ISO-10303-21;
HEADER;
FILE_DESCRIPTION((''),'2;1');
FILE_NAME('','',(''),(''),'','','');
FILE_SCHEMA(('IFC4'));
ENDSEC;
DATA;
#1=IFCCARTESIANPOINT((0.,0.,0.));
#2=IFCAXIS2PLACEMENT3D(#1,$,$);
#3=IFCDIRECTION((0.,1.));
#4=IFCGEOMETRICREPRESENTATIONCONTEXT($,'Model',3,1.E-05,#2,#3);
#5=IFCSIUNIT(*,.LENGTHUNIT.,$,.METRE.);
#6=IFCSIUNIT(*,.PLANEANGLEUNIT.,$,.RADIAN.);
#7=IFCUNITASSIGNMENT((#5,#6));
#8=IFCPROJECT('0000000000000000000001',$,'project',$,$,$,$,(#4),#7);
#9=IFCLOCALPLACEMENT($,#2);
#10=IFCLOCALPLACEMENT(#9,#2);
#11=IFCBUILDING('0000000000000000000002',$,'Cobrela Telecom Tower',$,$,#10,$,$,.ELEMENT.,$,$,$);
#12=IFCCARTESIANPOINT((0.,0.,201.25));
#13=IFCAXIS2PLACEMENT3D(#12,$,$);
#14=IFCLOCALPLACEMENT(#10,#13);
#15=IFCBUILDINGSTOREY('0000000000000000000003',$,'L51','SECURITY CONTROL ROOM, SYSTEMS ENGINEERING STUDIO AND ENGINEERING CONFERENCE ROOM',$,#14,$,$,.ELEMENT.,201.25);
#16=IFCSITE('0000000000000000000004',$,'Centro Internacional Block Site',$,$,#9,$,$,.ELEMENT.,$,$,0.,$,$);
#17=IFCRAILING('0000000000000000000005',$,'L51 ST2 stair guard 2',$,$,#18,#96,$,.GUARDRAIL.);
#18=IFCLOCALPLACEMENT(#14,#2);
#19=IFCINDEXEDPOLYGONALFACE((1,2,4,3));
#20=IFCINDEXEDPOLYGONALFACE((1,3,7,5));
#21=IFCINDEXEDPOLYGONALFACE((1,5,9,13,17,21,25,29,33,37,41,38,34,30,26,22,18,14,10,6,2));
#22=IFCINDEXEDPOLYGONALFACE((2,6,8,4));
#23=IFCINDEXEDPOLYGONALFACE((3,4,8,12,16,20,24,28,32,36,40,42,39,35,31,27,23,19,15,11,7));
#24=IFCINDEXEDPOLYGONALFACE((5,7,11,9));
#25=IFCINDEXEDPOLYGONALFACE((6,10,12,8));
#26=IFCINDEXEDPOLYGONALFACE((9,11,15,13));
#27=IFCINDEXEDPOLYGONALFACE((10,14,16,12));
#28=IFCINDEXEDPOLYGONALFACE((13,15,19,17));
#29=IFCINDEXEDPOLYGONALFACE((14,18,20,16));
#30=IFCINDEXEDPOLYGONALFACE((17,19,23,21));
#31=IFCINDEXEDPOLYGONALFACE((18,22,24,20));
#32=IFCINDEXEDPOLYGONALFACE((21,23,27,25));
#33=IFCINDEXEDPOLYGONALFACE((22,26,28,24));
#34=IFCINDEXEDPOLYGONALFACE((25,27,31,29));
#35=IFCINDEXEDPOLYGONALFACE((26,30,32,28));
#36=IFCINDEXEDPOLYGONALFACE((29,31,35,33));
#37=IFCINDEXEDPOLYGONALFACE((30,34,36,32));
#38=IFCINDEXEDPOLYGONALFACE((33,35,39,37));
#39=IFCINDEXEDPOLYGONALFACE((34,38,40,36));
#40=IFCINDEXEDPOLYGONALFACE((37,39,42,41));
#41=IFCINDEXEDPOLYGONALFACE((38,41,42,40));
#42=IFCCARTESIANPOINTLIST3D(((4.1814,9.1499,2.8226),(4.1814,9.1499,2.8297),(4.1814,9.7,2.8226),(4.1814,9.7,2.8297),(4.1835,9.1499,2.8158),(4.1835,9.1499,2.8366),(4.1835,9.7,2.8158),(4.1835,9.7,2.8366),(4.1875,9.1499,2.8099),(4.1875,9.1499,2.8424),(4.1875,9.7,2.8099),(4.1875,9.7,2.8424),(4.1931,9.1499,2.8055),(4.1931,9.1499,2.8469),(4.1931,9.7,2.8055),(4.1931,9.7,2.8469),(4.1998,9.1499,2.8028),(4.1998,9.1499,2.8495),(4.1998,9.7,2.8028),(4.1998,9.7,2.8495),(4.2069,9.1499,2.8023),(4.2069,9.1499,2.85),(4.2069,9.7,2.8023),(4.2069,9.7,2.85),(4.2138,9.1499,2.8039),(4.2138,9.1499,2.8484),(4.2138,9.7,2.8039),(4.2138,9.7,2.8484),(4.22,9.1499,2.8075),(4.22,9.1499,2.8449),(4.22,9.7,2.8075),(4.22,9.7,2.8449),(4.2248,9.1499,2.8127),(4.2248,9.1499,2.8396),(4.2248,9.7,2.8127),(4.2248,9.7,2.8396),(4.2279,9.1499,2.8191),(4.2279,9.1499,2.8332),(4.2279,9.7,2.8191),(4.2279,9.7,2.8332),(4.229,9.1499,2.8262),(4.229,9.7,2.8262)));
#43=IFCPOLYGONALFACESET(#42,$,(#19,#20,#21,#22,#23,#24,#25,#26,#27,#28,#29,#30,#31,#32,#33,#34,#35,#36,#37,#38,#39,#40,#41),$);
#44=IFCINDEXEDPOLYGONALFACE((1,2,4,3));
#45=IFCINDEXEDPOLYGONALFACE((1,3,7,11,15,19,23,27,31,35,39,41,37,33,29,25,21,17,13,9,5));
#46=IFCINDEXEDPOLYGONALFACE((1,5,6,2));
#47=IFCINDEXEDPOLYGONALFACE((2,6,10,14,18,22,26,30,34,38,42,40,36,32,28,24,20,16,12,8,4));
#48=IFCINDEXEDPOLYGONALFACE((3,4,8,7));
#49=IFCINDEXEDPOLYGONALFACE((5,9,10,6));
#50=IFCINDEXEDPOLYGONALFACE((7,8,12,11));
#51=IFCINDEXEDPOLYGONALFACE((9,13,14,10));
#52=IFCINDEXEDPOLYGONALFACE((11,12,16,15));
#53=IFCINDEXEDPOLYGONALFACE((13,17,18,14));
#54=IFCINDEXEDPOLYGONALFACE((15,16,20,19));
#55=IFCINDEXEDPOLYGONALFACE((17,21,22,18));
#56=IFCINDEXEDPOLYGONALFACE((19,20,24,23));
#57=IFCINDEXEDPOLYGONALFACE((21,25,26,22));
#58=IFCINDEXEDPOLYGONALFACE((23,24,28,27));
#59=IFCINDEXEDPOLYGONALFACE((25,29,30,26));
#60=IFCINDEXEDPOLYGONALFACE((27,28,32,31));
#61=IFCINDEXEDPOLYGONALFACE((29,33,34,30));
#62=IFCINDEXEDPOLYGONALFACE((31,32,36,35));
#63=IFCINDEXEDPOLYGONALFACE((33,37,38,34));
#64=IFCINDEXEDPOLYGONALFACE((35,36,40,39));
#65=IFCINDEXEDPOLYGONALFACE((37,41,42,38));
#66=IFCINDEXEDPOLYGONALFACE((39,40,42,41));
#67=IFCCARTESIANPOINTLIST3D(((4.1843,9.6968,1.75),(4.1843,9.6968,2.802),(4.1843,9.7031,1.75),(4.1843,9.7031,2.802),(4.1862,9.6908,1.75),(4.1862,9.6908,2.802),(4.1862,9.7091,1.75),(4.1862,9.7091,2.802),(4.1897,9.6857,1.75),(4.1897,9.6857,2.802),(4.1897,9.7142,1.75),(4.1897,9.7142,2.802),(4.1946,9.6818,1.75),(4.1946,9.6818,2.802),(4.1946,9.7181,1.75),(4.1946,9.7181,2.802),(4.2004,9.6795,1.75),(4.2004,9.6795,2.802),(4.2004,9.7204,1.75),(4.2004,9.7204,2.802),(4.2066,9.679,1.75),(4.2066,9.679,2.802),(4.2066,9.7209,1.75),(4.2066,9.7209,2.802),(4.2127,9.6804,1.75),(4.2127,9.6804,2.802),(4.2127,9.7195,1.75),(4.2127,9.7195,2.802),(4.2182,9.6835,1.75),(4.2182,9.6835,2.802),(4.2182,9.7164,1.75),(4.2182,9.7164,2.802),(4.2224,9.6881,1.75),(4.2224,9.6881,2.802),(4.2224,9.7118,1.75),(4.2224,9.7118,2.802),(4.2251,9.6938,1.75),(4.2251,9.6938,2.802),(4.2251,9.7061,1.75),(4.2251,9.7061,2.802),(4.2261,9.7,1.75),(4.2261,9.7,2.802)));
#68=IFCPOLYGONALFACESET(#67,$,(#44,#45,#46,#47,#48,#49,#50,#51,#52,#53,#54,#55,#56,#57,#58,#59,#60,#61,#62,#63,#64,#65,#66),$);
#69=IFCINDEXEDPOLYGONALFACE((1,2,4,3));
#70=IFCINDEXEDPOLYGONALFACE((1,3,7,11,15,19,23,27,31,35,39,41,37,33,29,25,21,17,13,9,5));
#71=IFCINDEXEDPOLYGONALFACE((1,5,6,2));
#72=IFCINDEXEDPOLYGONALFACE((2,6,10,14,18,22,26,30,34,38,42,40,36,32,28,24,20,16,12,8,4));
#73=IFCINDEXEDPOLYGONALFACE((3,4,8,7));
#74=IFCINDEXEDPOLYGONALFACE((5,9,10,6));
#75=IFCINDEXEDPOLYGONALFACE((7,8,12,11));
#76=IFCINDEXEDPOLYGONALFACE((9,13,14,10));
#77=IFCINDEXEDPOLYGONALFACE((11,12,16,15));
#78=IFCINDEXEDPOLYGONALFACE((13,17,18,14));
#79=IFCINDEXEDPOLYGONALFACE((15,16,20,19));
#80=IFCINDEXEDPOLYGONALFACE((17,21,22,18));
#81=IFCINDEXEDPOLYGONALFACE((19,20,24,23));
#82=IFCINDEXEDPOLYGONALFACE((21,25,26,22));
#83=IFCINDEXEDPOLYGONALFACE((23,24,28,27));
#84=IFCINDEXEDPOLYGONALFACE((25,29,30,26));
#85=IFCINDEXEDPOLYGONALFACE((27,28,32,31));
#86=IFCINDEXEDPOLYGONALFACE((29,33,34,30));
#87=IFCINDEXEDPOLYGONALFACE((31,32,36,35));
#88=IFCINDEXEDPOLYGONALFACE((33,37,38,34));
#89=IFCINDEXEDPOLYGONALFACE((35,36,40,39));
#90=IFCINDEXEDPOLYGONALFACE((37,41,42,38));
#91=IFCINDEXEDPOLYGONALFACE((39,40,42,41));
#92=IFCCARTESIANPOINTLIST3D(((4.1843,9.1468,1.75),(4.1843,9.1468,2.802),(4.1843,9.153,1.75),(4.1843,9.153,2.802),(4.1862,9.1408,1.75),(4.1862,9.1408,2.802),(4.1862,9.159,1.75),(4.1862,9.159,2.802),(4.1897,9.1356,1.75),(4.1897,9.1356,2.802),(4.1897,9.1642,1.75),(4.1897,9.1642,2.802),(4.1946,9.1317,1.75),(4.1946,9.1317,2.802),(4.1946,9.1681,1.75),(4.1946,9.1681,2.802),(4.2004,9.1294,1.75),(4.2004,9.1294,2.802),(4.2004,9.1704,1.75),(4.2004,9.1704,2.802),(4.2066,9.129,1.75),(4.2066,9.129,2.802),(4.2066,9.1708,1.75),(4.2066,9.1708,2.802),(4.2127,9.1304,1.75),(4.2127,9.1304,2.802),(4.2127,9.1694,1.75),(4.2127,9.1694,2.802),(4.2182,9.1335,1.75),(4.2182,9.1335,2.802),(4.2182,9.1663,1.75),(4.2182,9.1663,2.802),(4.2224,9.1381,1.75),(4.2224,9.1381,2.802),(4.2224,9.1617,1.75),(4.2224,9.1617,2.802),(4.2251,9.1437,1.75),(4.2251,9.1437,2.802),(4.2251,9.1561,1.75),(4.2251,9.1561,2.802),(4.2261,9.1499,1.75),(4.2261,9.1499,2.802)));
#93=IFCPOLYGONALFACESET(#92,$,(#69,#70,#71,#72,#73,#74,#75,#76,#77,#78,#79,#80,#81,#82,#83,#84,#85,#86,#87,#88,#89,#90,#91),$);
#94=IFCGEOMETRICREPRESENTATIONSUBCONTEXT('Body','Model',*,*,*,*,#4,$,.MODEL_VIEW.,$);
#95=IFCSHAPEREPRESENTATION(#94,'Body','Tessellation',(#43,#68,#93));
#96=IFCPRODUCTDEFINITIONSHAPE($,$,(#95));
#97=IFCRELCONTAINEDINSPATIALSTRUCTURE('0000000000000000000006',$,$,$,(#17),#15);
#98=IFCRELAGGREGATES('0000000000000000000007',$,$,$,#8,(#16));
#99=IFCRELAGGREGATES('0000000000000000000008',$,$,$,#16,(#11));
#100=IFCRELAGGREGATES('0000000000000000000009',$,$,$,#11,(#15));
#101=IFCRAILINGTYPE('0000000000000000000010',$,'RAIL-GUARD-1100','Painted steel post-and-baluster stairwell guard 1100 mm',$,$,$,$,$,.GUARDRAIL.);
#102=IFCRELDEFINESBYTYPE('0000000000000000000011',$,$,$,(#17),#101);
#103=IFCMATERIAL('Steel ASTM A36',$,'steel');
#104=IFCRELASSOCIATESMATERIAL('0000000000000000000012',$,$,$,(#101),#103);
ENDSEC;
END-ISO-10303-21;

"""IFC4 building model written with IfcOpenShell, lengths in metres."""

from ifc_helpers import new_model, si_unit, direction, frame, origin, origin_2d, place, context, subcontext, project, spatial, circle, extrude, material, type_object, element, save


model = new_model("IFC4")

# Units and contexts
model_context = context("Model", 3, precision=1e-05, world=origin(), true_north=direction((0.0, 1.0)))
body_context = subcontext(model_context, "Body", "Model", "MODEL_VIEW")
ifc_project = project(units=[si_unit("LENGTHUNIT", "METRE"), si_unit("PLANEANGLEUNIT", "RADIAN")], contexts=[model_context])

# Site, building, storey
site_placement = place(None, origin())
site = spatial("IfcSite", under=ifc_project, at=site_placement, Name="Centro Internacional Block Site", CompositionType="ELEMENT", RefElevation=0.0)
building_placement = place(site_placement, origin())
building = spatial("IfcBuilding", under=site, at=building_placement, Name="Cobrela Telecom Tower", CompositionType="ELEMENT")
storey_placement = place(building_placement, frame((0.0, 0.0, 201.25)))
storey = spatial("IfcBuildingStorey", under=building, at=storey_placement, Name="L51", Description="SECURITY CONTROL ROOM, SYSTEMS ENGINEERING STUDIO AND ENGINEERING CONFERENCE ROOM", CompositionType="ELEMENT", Elevation=201.25)

# Shared definitions
ifc_material_1 = material(Name="Steel ASTM A36", Category="steel")

# Railing
railing_type = type_object("IfcRailingType", Name="RAIL-GUARD-1100", Description="Painted steel post-and-baluster stairwell guard 1100 mm", PredefinedType="GUARDRAIL", material=ifc_material_1)
railing_1_placement = place(storey_placement, frame((4.2051, 9.7, 1.75)))
element("IfcRailing", 1, at=railing_1_placement, inside=storey, type_object=railing_type, Name="L51 ST2 stair guard 2", PredefinedType="GUARDRAIL", context=body_context, shape_type="SweptSolid", body=[
    extrude(circle(Radius=0.0239, at=origin_2d()), frame((0.0, 0.0, 1.0762), z_axis=(0.0, -1.0, 0.0), x_axis=(1.0, 0.0, 0.0)), (0.0, 0.0, 1.0), 0.55),
    extrude(circle(Radius=0.021, at=origin_2d()), origin(), (0.0, 0.0, 1.0), 1.052),
    extrude(circle(Radius=0.021, at=origin_2d()), frame((0.0, -0.55, 0.0)), (0.0, 0.0, 1.0), 1.052),
])

save(model, "model.ifc")
